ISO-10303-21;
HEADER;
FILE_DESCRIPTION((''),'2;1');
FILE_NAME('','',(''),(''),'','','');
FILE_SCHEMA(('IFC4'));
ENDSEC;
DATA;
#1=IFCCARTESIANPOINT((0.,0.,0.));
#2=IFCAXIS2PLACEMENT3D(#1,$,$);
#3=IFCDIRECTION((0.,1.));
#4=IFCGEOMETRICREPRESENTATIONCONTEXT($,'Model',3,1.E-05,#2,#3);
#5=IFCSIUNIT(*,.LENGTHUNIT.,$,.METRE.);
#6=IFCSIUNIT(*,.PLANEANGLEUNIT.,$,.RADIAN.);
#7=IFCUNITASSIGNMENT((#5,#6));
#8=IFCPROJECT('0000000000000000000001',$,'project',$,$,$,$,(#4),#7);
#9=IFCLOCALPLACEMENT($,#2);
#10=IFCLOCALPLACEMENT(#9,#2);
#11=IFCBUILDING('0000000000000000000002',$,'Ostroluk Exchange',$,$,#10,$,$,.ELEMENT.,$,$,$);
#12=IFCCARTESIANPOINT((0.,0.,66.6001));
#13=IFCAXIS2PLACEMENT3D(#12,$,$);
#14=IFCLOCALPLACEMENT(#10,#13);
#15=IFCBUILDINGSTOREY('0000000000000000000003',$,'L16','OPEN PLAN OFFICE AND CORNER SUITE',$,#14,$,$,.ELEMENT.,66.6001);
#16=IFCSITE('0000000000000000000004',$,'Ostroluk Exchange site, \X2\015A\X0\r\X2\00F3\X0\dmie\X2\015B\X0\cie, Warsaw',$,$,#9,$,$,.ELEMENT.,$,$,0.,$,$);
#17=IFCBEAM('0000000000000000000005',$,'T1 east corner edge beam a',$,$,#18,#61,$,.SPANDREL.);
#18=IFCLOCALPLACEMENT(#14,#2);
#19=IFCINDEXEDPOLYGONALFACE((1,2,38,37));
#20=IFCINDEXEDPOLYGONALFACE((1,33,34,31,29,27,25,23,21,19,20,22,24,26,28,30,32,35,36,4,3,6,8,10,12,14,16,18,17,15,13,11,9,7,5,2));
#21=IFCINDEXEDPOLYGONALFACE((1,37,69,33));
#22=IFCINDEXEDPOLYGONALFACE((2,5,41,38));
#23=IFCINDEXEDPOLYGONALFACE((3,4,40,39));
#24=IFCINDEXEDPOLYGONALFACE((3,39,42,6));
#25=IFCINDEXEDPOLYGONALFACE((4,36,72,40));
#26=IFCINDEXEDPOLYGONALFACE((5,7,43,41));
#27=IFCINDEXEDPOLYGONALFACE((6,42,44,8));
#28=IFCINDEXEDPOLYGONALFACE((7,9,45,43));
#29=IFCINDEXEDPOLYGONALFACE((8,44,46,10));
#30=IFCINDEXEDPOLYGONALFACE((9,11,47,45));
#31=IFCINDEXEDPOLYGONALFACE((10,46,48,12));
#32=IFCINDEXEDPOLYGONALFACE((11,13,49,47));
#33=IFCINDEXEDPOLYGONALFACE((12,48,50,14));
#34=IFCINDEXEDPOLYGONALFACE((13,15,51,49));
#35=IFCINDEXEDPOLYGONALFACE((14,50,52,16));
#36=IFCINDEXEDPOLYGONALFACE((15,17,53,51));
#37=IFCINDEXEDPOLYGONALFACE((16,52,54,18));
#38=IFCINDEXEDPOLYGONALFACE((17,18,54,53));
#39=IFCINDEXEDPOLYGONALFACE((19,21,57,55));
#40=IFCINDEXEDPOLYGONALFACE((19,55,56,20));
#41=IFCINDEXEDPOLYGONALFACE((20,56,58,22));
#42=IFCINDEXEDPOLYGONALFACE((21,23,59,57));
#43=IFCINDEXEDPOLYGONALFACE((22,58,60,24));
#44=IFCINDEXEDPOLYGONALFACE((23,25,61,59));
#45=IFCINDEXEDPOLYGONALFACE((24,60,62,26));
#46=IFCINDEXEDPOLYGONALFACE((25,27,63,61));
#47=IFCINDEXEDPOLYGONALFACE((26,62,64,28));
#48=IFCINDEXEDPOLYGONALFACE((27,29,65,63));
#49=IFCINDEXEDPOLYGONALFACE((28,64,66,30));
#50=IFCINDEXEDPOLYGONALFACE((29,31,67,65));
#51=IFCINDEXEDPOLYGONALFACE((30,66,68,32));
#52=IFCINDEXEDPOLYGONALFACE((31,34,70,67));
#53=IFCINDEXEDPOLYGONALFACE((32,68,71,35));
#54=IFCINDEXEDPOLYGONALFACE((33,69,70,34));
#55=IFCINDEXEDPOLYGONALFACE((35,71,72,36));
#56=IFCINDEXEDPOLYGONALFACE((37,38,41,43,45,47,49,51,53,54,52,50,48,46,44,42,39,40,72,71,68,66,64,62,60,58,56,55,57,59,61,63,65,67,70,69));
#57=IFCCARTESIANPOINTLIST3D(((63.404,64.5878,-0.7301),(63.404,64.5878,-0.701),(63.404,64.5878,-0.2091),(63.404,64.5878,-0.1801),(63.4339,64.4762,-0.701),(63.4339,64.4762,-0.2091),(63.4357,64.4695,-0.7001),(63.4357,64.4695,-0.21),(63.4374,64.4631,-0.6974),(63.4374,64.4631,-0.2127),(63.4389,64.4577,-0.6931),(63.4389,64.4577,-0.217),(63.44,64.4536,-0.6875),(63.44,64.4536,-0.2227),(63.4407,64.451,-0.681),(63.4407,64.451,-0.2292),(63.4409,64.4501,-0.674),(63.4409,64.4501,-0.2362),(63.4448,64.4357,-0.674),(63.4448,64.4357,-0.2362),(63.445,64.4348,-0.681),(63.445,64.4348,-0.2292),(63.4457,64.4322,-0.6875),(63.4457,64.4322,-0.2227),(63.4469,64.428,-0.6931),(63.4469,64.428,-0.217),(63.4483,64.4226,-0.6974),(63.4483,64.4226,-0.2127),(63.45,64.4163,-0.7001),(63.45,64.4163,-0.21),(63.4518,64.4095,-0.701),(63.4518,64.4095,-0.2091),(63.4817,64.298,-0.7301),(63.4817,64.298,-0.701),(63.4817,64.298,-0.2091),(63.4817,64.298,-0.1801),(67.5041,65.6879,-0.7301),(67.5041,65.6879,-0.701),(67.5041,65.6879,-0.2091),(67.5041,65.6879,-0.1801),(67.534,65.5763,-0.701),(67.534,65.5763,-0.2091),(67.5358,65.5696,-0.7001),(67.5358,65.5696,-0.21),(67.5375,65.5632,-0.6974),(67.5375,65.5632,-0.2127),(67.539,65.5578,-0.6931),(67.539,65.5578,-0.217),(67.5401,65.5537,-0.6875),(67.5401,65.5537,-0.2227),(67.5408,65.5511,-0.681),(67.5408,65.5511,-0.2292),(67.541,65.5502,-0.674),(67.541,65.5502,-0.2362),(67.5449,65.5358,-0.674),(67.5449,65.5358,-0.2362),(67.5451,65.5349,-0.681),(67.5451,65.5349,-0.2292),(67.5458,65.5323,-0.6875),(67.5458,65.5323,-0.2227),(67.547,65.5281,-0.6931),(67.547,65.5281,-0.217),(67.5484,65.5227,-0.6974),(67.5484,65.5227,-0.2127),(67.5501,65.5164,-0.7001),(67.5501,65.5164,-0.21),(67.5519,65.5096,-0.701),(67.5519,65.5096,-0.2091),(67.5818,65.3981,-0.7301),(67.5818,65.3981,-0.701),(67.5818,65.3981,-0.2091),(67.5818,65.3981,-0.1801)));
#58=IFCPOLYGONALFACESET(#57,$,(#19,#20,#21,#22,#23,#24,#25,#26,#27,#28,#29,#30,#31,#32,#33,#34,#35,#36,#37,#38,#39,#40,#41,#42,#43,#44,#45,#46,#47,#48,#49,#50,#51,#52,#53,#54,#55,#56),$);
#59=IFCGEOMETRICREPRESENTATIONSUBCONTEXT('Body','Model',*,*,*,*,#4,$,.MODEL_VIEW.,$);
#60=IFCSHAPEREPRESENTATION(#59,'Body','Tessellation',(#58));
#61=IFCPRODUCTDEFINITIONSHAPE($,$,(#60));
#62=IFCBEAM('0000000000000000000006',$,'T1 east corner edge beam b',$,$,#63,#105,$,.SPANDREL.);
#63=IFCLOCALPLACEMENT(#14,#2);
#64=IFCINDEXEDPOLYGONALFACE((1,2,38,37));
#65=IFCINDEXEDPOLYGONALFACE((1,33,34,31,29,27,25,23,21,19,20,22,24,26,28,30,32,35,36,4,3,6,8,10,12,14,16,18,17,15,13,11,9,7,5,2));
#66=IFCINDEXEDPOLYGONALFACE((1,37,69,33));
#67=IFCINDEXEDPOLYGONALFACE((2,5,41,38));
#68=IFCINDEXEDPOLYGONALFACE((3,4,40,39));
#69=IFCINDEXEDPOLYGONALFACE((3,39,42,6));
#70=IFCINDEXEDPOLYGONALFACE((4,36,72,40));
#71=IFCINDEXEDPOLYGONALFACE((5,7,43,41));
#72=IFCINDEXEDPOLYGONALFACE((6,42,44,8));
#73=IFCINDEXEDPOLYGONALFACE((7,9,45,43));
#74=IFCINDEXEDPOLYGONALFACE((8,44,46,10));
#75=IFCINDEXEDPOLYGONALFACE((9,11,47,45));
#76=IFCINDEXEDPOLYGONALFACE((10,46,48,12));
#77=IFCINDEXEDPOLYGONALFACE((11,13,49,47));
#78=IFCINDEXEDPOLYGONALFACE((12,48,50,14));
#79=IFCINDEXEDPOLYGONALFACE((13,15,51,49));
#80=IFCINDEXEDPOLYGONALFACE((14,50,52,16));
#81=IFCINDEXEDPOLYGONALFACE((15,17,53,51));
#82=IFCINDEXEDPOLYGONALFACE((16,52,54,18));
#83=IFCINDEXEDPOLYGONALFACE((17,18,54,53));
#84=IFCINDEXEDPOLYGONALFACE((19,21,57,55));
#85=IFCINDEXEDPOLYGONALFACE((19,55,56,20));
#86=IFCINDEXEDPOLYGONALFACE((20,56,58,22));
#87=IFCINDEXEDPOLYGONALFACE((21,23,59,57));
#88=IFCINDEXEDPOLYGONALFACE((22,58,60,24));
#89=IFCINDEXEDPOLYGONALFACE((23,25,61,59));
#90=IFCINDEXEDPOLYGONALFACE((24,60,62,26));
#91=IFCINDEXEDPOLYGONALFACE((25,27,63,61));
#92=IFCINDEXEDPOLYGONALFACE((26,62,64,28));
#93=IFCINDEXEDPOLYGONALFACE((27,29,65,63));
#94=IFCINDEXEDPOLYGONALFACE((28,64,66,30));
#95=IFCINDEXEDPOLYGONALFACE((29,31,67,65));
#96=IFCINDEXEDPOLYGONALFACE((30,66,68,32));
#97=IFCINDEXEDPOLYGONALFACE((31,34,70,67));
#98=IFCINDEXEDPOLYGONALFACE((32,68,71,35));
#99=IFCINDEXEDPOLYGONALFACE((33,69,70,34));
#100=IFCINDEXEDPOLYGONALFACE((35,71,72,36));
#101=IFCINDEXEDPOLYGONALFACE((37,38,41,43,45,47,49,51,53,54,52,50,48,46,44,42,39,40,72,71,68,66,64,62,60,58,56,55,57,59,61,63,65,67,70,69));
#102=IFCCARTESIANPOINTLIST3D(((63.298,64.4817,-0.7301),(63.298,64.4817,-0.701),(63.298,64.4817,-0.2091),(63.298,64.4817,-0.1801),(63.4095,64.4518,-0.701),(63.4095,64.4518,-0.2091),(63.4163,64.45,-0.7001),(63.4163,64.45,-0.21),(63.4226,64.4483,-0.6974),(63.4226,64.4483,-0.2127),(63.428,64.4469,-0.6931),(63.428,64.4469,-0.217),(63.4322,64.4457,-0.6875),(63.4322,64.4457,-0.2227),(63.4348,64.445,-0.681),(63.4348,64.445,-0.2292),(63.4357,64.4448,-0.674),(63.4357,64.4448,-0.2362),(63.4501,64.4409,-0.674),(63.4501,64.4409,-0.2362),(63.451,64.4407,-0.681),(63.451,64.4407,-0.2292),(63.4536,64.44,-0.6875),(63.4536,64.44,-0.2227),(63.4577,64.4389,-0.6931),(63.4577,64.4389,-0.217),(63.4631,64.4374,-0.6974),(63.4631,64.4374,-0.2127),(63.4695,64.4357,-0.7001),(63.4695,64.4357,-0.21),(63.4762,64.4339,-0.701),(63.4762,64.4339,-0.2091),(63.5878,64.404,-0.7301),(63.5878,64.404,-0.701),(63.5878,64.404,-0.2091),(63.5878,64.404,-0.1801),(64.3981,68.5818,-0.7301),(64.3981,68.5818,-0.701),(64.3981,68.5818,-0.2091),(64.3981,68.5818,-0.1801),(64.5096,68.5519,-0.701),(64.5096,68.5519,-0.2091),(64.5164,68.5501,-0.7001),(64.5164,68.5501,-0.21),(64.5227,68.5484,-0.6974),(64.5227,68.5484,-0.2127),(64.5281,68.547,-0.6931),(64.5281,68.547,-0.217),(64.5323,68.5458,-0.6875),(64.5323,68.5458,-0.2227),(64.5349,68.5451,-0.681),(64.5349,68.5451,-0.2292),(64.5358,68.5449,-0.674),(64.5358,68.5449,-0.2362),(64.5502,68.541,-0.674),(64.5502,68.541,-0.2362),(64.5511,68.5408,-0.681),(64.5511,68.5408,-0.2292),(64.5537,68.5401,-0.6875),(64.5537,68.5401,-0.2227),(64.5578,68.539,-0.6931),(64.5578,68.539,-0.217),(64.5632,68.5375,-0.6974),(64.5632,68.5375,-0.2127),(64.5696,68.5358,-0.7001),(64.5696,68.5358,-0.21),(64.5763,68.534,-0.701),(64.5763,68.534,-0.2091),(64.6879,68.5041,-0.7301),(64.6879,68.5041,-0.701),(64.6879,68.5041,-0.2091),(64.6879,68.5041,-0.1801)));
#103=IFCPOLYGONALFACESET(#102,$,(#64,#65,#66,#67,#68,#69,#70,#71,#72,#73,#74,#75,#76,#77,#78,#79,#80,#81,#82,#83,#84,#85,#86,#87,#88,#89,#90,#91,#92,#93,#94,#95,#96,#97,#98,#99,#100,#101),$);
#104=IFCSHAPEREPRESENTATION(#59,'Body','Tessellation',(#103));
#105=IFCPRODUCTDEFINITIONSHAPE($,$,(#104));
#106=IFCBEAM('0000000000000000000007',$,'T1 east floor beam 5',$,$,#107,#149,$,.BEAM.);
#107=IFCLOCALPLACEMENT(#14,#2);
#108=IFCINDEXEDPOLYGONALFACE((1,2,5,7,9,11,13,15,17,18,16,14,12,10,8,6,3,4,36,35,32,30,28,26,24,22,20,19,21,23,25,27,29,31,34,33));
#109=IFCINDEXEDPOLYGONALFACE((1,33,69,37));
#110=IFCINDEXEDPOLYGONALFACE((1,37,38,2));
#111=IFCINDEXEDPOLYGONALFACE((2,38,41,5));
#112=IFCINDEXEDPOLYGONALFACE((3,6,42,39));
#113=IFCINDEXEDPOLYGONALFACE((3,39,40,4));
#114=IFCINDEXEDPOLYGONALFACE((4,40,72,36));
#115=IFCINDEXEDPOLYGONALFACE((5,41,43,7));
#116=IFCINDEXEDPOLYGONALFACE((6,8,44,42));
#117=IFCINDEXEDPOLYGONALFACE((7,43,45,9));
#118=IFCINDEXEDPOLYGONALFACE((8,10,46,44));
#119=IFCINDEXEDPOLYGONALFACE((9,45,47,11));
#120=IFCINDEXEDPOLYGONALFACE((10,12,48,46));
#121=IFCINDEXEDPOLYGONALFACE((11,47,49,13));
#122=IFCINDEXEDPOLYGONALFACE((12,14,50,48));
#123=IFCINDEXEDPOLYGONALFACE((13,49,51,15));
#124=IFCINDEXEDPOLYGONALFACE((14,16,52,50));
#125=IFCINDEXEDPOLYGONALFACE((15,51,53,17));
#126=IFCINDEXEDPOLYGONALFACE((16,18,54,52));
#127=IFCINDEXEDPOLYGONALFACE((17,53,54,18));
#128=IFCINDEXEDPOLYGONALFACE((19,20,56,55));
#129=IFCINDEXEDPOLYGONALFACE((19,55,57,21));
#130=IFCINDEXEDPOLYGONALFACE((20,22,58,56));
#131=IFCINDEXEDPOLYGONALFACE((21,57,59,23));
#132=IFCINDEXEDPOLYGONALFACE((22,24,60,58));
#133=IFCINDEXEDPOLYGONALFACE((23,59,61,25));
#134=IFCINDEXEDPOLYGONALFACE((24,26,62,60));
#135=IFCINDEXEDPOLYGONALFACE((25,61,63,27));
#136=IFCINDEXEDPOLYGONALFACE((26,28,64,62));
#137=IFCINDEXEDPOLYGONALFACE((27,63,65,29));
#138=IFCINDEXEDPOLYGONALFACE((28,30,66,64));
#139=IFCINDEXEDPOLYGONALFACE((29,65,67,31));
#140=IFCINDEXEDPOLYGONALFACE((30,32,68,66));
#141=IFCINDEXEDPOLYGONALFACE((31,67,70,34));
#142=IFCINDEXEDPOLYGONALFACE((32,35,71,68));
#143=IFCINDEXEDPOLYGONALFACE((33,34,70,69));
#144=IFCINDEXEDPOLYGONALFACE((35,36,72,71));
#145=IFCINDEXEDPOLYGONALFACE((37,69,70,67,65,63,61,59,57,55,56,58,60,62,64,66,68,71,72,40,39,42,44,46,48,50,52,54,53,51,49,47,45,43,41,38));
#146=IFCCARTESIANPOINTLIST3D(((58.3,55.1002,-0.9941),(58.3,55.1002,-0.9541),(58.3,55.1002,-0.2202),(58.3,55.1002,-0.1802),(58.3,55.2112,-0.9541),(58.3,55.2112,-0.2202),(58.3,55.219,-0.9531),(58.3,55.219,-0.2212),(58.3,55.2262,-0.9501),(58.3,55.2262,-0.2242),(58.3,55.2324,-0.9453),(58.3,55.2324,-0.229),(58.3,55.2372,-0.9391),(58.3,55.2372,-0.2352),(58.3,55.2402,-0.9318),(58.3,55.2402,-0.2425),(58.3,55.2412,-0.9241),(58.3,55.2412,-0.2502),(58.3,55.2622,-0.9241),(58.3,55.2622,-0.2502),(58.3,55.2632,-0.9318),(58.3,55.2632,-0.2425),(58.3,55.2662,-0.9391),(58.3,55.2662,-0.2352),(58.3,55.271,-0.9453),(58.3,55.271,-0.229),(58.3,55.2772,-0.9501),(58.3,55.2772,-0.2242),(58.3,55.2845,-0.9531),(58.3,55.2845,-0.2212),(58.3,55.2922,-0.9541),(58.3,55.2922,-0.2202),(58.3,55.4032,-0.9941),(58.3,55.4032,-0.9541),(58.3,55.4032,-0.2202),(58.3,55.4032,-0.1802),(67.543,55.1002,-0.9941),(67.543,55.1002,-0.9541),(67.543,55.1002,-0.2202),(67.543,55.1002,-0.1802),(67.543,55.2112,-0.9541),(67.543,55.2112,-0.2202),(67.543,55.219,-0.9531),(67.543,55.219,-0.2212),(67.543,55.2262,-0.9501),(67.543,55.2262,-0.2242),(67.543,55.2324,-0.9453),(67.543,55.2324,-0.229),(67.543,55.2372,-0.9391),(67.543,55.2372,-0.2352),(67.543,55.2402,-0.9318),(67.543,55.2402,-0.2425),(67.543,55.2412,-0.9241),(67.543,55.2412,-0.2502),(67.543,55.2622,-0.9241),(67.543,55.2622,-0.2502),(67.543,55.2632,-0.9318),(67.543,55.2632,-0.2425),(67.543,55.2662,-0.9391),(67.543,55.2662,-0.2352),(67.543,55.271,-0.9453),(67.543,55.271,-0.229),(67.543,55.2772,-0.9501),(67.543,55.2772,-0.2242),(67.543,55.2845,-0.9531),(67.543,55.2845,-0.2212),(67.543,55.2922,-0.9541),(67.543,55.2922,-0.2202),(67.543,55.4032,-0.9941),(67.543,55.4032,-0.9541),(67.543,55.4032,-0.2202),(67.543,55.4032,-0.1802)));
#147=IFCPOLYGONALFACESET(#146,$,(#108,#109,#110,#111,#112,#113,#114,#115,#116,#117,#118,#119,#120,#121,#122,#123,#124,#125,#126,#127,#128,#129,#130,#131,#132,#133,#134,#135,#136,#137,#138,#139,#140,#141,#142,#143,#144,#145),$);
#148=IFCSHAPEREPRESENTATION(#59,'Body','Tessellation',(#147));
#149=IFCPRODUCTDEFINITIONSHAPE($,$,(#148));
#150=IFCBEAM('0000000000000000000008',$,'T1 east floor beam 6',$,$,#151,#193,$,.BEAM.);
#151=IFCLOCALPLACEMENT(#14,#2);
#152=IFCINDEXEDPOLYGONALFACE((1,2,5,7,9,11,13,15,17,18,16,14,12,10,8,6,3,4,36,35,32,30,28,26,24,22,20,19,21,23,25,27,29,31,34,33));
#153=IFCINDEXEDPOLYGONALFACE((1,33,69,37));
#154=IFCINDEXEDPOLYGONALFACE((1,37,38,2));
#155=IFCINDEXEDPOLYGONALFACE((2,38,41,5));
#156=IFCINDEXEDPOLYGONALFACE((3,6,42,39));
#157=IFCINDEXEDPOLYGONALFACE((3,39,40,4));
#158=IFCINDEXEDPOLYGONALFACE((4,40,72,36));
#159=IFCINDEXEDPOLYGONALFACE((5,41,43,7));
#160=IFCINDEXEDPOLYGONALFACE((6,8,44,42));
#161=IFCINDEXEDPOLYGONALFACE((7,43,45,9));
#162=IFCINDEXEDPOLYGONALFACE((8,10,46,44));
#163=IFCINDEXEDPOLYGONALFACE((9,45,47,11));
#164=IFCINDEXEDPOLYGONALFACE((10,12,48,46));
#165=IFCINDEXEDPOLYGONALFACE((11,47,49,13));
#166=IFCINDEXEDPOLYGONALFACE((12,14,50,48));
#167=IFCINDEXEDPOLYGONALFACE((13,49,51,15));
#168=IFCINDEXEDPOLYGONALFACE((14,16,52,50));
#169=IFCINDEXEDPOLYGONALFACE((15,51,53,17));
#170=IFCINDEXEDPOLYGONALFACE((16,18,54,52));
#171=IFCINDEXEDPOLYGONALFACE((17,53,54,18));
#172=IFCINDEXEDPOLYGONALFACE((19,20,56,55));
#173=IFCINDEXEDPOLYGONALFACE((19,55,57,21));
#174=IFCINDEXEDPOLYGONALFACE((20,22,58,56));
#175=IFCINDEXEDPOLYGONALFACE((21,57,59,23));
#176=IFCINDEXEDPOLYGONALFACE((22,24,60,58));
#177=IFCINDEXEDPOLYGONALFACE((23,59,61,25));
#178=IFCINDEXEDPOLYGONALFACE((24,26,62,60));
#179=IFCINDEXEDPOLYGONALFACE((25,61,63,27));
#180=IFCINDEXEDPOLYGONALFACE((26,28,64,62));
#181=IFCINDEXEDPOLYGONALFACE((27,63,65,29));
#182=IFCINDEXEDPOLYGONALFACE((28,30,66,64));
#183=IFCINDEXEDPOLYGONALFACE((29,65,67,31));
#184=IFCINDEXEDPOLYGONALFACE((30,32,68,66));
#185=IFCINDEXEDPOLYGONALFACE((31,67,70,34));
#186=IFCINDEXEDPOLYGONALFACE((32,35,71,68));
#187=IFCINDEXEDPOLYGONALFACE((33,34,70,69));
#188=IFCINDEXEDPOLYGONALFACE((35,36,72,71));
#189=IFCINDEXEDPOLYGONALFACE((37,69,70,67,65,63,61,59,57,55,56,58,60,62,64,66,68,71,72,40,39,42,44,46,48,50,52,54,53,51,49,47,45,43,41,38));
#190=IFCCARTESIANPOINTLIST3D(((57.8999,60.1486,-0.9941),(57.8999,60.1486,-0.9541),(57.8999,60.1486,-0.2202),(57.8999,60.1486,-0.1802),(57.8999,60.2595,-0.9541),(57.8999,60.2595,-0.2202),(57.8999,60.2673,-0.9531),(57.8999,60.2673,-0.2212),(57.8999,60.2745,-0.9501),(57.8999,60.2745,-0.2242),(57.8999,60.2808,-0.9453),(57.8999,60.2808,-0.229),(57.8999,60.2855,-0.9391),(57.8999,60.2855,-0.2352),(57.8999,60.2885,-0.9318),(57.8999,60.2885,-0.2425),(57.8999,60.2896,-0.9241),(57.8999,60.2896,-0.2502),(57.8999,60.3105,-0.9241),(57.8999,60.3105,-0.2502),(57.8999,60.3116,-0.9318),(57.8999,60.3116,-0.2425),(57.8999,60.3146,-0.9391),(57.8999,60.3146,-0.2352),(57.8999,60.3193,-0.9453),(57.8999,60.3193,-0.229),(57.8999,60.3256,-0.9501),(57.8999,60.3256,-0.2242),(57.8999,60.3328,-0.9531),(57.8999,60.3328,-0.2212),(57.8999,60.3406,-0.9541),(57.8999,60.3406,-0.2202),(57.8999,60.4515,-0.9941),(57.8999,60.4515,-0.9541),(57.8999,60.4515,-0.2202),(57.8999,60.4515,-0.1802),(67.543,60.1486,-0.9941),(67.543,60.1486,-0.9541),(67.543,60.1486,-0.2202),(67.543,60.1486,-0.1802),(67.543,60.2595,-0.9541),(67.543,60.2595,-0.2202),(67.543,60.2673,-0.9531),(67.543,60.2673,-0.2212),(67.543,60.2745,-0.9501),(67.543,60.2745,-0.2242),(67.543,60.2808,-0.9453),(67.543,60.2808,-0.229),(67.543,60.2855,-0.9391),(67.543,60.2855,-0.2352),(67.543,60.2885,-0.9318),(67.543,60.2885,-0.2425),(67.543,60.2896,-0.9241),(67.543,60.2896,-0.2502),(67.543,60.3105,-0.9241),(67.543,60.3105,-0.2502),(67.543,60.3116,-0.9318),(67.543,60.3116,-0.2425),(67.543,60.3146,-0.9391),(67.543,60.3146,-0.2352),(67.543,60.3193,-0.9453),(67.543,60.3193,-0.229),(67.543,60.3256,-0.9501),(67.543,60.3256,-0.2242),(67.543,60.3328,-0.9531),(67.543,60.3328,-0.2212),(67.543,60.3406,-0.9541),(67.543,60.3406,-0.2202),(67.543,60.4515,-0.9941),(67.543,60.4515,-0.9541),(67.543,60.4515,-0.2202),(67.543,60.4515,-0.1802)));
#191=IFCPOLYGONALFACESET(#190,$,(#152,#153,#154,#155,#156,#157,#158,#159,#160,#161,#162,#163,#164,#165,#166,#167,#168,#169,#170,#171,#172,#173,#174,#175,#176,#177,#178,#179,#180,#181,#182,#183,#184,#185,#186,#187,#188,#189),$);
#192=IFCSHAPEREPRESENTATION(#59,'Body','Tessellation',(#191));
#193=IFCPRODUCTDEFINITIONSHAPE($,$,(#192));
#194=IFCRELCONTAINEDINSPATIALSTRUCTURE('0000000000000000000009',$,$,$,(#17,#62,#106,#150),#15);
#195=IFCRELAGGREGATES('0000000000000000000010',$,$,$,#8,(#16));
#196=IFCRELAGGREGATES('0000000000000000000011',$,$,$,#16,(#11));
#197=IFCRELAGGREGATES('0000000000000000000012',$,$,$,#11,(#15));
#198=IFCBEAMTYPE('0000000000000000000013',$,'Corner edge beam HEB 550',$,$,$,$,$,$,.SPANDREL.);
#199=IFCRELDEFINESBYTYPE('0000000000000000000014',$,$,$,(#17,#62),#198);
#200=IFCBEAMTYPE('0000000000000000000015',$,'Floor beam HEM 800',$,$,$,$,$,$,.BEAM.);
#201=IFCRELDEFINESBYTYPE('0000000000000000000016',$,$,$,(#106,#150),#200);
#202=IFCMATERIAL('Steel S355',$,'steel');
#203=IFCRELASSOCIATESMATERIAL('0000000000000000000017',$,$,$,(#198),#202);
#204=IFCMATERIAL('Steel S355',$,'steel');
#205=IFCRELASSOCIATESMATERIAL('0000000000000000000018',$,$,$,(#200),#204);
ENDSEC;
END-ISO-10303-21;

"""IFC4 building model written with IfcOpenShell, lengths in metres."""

from ifc_helpers import new_model, si_unit, direction, frame, origin, origin_2d, place, context, subcontext, project, spatial, i_section, extrude, material, material_profile, profile_set, type_object, element, save


model = new_model("IFC4")

# Units and contexts
model_context = context("Model", 3, precision=1e-05, world=origin(), true_north=direction((0.0, 1.0)))
body_context = subcontext(model_context, "Body", "Model", "MODEL_VIEW")
ifc_project = project(units=[si_unit("LENGTHUNIT", "METRE"), si_unit("PLANEANGLEUNIT", "RADIAN")], contexts=[model_context])

# Site, building, storey
site_placement = place(None, origin())
site = spatial("IfcSite", under=ifc_project, at=site_placement, Name="Ostroluk Exchange site, Śródmieście, Warsaw", CompositionType="ELEMENT", RefElevation=0.0)
building_placement = place(site_placement, origin())
building = spatial("IfcBuilding", under=site, at=building_placement, Name="Ostroluk Exchange", CompositionType="ELEMENT")
storey_placement = place(building_placement, frame((0.0, 0.0, 66.6001)))
storey = spatial("IfcBuildingStorey", under=building, at=storey_placement, Name="L16", Description="OPEN PLAN OFFICE AND CORNER SUITE", CompositionType="ELEMENT", Elevation=66.6001)

# Beams
ifc_material_1 = material(Name="Steel S355", Category="steel")
ifc_material_profile_1 = material_profile(ifc_material_1, i_section(OverallWidth=0.3, OverallDepth=0.55, WebThickness=0.0149, FlangeThickness=0.0291, FilletRadius=0.0271, at=origin_2d()), Name="HEB 550")
ifc_profile_set_1 = profile_set([ifc_material_profile_1], Name="Steel S355")
beam_type_1 = type_object("IfcBeamType", Name="Corner edge beam HEB 550", PredefinedType="SPANDREL", material=ifc_profile_set_1)
for number, where, z_axis, x_axis, name in (
    (1, (63.4429, 64.4429, -0.4551), (0.965839, 0.259144, 0.0), (-0.259144, 0.965839, 0.0), "T1 east corner edge beam a"),
    (2, (63.4429, 64.4429, -0.4551), (0.259144, 0.965839, 0.0), (-0.965839, 0.259144, 0.0), "T1 east corner edge beam b"),
):
    element("IfcBeam", number, at=place(storey_placement, frame(where, z_axis=z_axis, x_axis=x_axis)), inside=storey, type_object=beam_type_1, Name=name, PredefinedType="SPANDREL", context=body_context, shape_type="SweptSolid", body=[
        extrude(i_section(OverallWidth=0.3, OverallDepth=0.55, WebThickness=0.0149, FlangeThickness=0.0291, FilletRadius=0.0271, at=origin_2d()), origin(), (0.0, 0.0, 1.0), 4.2451),
    ])
ifc_material_2 = material(Name="Steel S355", Category="steel")
ifc_material_profile_2 = material_profile(ifc_material_2, i_section(OverallWidth=0.303, OverallDepth=0.814, WebThickness=0.021, FlangeThickness=0.04, FilletRadius=0.03, at=origin_2d()), Name="HEM 800")
ifc_profile_set_2 = profile_set([ifc_material_profile_2], Name="Steel S355")
beam_type_2 = type_object("IfcBeamType", Name="Floor beam HEM 800", PredefinedType="BEAM", material=ifc_profile_set_2)
beam_1_placement = place(storey_placement, frame((58.3, 55.2517, -0.5872), z_axis=(1.0, 0.0, 0.0), x_axis=(0.0, 1.0, 0.0)))
element("IfcBeam", 3, at=beam_1_placement, inside=storey, type_object=beam_type_2, Name="T1 east floor beam 5", PredefinedType="BEAM", context=body_context, shape_type="SweptSolid", body=[
    extrude(i_section(OverallWidth=0.303, OverallDepth=0.814, WebThickness=0.021, FlangeThickness=0.04, FilletRadius=0.03, at=origin_2d()), origin(), (0.0, 0.0, 1.0), 9.2429),
])
beam_2_placement = place(storey_placement, frame((57.8999, 60.3, -0.5872), z_axis=(1.0, 0.0, 0.0), x_axis=(0.0, 1.0, 0.0)))
element("IfcBeam", 4, at=beam_2_placement, inside=storey, type_object=beam_type_2, Name="T1 east floor beam 6", PredefinedType="BEAM", context=body_context, shape_type="SweptSolid", body=[
    extrude(i_section(OverallWidth=0.303, OverallDepth=0.814, WebThickness=0.021, FlangeThickness=0.04, FilletRadius=0.03, at=origin_2d()), origin(), (0.0, 0.0, 1.0), 9.6431),
])

save(model, "model.ifc")
